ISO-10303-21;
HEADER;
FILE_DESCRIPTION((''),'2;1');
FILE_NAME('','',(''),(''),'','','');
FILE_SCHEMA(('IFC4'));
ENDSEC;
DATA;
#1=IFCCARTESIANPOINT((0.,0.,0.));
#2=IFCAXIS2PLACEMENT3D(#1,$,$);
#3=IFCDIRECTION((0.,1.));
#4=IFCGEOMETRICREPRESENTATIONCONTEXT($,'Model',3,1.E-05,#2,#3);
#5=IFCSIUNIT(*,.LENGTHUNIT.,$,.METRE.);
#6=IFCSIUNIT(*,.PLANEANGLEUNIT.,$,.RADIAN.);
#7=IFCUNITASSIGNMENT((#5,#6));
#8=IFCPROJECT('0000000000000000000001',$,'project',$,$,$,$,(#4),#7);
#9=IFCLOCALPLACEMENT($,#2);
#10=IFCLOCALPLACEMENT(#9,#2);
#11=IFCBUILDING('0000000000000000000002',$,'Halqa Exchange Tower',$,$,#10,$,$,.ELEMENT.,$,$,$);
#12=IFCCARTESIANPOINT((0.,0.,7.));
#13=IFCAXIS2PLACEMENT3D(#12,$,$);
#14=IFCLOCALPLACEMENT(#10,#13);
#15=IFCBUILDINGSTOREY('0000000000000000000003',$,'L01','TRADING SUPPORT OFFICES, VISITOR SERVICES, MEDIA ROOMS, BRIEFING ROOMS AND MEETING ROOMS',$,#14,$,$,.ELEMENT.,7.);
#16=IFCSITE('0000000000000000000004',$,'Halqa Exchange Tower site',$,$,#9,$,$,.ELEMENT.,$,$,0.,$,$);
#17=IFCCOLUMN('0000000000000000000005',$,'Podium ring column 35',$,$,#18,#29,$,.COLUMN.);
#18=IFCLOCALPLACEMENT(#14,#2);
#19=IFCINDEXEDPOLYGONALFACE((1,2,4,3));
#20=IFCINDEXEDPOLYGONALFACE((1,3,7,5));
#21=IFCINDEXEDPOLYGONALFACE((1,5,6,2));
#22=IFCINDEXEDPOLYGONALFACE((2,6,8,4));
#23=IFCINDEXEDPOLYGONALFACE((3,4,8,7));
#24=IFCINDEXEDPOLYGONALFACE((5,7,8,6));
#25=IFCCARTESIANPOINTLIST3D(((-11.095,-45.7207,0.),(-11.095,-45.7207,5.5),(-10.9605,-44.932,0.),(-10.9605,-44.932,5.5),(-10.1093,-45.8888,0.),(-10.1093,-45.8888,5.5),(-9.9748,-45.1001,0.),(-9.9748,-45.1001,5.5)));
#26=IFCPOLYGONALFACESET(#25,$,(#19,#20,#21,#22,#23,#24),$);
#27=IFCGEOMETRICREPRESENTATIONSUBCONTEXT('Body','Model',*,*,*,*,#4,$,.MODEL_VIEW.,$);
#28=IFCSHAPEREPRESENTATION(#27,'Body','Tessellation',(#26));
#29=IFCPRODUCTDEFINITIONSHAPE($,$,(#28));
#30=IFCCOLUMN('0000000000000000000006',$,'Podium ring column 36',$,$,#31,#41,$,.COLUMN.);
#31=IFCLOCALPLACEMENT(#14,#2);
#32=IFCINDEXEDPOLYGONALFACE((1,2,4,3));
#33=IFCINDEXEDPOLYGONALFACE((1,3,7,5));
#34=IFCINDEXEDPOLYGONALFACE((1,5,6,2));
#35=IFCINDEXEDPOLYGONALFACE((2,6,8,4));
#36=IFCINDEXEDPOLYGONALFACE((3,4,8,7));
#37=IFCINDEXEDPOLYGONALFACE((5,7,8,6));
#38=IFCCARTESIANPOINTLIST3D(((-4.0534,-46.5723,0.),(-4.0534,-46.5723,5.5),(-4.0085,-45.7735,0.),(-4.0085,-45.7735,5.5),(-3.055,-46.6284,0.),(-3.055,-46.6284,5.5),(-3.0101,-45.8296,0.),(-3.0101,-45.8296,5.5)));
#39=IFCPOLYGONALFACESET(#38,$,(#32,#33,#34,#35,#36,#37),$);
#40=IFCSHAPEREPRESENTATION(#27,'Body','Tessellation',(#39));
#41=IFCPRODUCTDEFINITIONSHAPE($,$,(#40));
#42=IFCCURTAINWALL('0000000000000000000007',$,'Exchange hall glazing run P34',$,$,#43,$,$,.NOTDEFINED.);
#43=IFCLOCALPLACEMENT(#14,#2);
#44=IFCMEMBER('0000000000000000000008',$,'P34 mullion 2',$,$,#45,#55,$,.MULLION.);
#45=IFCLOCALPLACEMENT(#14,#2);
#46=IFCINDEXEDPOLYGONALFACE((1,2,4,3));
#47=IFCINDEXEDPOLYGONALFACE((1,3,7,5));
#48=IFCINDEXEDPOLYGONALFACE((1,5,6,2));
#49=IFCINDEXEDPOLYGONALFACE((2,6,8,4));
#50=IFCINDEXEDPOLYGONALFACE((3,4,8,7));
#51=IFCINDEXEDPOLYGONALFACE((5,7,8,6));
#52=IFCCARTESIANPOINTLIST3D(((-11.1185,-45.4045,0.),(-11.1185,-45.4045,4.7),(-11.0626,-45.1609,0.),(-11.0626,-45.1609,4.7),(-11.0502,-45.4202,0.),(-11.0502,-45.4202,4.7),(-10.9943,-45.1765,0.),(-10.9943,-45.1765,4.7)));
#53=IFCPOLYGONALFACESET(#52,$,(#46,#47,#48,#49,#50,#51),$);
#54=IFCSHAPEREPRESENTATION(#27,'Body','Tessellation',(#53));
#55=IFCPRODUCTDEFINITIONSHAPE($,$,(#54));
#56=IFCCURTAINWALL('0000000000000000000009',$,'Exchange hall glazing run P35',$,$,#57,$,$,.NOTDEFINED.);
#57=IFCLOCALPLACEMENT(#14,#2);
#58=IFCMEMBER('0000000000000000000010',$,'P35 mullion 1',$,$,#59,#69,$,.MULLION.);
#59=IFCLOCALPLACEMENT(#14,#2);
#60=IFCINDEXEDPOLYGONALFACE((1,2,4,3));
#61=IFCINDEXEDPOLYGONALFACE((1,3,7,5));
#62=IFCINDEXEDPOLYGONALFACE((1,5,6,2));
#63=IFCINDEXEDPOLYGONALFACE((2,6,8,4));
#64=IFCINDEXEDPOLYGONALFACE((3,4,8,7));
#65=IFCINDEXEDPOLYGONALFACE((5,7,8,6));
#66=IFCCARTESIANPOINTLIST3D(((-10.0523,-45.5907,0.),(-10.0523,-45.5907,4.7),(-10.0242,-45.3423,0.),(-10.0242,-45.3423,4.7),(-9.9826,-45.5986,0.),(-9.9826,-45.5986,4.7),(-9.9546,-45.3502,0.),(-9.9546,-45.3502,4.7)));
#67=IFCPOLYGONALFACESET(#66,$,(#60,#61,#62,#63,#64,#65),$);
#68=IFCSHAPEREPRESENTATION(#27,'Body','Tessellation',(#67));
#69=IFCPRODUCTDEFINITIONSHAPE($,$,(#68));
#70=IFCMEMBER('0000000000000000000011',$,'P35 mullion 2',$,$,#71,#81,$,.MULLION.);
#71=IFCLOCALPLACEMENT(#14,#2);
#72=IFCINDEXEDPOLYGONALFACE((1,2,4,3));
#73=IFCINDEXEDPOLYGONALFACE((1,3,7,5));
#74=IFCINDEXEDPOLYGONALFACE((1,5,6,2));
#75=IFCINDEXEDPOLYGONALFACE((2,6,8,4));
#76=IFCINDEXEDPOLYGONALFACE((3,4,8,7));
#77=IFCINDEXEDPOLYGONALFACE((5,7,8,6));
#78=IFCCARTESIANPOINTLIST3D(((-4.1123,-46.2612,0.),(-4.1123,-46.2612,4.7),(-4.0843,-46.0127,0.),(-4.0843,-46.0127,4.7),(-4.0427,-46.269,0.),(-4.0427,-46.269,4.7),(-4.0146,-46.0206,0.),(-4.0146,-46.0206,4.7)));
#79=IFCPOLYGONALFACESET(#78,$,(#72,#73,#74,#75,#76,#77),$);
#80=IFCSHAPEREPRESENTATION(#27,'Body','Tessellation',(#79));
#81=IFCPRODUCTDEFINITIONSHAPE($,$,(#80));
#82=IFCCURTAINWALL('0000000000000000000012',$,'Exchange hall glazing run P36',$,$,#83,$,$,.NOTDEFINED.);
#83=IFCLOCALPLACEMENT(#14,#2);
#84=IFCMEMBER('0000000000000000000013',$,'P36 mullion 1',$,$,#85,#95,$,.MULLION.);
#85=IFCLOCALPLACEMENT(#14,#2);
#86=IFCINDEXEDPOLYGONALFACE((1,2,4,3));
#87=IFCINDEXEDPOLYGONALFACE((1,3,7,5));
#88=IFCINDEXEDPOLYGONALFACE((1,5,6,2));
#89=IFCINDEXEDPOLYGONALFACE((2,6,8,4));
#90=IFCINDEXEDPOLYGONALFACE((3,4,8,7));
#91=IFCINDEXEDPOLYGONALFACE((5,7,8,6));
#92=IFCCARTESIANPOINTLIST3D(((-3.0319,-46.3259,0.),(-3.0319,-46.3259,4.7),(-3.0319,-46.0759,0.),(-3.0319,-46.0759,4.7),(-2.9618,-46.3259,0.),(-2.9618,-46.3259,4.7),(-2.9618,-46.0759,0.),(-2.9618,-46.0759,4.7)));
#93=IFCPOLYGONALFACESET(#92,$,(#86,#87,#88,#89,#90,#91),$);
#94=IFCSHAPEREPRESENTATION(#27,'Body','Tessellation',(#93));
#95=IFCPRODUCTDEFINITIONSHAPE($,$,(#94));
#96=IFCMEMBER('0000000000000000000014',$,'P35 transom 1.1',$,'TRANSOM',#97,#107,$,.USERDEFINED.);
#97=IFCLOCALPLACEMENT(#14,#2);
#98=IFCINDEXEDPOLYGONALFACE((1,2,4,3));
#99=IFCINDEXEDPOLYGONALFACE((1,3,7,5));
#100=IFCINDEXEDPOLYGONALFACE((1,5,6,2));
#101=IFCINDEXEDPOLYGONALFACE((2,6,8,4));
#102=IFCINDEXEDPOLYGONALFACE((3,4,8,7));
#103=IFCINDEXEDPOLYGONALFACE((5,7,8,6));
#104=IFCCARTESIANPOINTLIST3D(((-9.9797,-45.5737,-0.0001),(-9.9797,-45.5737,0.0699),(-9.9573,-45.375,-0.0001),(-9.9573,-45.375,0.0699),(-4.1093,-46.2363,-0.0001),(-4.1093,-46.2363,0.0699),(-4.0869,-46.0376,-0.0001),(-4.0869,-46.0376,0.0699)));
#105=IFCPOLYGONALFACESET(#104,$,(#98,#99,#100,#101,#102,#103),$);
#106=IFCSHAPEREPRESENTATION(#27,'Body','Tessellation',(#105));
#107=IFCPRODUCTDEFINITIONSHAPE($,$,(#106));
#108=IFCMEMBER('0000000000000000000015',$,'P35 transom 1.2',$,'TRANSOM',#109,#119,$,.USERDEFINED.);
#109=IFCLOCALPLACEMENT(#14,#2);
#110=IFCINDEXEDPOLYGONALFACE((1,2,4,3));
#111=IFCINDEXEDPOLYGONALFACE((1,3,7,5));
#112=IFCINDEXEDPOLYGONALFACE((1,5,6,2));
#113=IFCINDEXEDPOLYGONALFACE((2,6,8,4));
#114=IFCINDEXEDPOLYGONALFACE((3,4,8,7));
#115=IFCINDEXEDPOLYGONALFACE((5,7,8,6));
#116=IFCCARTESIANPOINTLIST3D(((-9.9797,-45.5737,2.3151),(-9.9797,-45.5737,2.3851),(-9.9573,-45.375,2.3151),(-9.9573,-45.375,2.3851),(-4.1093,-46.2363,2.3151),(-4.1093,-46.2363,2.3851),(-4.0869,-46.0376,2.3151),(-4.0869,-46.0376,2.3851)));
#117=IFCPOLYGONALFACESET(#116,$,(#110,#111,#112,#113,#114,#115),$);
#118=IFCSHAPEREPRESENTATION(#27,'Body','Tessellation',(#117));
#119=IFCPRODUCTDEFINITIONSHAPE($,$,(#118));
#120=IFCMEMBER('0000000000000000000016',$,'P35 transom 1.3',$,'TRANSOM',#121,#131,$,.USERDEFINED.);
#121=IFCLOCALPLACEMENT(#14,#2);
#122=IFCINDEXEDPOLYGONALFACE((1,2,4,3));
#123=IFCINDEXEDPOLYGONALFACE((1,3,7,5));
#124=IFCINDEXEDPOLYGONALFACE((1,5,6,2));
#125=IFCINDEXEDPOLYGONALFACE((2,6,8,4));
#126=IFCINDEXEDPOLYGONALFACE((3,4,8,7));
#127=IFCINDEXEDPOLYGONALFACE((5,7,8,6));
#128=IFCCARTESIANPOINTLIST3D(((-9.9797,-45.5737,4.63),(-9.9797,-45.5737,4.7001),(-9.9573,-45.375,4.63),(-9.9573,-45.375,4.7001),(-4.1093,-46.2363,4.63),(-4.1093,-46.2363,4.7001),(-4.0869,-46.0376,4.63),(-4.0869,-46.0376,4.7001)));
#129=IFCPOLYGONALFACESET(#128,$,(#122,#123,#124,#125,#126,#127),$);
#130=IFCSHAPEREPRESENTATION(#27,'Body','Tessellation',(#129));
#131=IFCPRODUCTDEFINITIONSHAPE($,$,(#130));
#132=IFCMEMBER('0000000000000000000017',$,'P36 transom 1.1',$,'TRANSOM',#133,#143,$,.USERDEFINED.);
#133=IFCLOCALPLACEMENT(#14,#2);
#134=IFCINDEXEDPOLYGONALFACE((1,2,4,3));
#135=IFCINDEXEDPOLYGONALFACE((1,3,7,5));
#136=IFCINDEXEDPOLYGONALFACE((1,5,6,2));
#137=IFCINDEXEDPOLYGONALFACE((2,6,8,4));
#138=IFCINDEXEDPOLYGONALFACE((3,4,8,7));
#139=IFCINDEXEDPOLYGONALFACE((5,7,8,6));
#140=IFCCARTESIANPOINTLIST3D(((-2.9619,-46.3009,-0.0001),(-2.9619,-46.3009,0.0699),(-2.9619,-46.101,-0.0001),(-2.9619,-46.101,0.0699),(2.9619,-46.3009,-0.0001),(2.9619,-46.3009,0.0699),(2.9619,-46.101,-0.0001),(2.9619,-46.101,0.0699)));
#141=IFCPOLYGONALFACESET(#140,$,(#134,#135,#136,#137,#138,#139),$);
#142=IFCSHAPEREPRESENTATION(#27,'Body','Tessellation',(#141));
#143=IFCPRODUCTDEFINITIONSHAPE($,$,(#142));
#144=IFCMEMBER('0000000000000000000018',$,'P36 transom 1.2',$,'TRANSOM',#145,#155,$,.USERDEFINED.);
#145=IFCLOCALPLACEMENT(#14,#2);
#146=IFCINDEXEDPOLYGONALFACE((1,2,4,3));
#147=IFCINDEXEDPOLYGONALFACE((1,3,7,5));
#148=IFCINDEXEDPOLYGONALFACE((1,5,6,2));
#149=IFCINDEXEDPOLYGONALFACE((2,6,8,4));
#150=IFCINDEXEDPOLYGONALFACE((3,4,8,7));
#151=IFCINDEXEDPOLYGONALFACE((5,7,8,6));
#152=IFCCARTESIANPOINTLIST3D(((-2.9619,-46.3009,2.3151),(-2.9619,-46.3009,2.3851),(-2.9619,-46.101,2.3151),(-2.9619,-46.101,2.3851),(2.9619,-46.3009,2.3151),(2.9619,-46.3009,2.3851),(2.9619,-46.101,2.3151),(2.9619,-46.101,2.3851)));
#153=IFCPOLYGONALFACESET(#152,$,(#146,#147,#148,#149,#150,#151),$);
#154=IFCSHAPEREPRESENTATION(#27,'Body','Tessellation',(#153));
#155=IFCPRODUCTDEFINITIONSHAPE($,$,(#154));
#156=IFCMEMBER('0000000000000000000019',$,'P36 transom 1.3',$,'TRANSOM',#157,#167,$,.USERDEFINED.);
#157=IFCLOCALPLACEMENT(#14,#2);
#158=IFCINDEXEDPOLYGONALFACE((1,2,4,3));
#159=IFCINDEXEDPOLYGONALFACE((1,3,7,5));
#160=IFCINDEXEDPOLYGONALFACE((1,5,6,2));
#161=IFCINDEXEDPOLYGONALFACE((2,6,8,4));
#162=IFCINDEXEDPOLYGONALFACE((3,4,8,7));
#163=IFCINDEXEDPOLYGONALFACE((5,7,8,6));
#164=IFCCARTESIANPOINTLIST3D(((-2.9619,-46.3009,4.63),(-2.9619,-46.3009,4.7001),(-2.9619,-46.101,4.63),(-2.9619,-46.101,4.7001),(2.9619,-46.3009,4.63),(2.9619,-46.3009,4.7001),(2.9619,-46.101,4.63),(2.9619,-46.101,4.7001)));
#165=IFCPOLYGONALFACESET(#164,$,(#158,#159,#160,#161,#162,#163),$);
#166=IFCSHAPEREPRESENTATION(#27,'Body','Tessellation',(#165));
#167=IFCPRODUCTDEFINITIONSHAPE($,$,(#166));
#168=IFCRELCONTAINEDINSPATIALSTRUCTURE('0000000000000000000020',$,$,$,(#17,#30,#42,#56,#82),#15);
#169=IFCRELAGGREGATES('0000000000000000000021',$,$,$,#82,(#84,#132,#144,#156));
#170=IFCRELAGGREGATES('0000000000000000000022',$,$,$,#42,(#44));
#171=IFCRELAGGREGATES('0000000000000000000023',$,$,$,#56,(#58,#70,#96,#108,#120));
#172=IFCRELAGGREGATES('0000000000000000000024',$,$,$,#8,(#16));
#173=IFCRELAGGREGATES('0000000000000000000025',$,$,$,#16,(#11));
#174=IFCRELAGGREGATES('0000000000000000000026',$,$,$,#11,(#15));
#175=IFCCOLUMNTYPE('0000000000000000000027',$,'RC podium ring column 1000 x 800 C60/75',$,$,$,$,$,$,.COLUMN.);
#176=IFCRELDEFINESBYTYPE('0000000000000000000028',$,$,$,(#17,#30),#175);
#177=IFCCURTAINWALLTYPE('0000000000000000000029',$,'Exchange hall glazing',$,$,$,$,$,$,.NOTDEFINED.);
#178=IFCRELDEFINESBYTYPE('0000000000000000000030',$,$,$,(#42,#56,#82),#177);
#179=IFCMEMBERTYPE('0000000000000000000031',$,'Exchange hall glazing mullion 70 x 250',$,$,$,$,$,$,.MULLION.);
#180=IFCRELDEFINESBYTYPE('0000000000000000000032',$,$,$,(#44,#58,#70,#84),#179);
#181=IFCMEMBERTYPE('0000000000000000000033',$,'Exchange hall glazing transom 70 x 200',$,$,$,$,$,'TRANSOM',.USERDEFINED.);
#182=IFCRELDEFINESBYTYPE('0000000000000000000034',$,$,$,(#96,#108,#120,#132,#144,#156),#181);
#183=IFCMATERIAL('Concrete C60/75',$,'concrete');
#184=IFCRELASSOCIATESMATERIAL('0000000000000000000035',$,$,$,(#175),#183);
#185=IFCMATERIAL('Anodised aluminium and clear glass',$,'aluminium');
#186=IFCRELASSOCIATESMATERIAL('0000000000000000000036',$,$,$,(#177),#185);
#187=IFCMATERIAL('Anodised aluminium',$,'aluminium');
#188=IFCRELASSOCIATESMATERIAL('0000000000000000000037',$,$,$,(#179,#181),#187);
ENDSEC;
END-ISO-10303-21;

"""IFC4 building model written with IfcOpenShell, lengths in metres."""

from ifc_helpers import new_model, si_unit, direction, frame, origin, origin_2d, place, context, subcontext, project, spatial, rectangle, extrude, material, material_profile, profile_set, type_object, element, aggregate, save


model = new_model("IFC4")

# Units and contexts
model_context = context("Model", 3, precision=1e-05, world=origin(), true_north=direction((0.0, 1.0)))
body_context = subcontext(model_context, "Body", "Model", "MODEL_VIEW")
ifc_project = project(units=[si_unit("LENGTHUNIT", "METRE"), si_unit("PLANEANGLEUNIT", "RADIAN")], contexts=[model_context])

# Site, building, storey
site_placement = place(None, origin())
site = spatial("IfcSite", under=ifc_project, at=site_placement, Name="Halqa Exchange Tower site", CompositionType="ELEMENT", RefElevation=0.0)
building_placement = place(site_placement, origin())
building = spatial("IfcBuilding", under=site, at=building_placement, Name="Halqa Exchange Tower", CompositionType="ELEMENT")
storey_placement = place(building_placement, frame((0.0, 0.0, 7.0)))
storey = spatial("IfcBuildingStorey", under=building, at=storey_placement, Name="L01", Description="TRADING SUPPORT OFFICES, VISITOR SERVICES, MEDIA ROOMS, BRIEFING ROOMS AND MEETING ROOMS", CompositionType="ELEMENT", Elevation=7.0)

# Columns
ifc_material_1 = material(Name="Concrete C60/75", Category="concrete")
ifc_material_profile_1 = material_profile(ifc_material_1, rectangle(XDim=1.0, YDim=0.8, at=origin_2d()), Name="1000 x 800")
ifc_profile_set_1 = profile_set([ifc_material_profile_1], Name="Concrete C60/75")
column_type = type_object("IfcColumnType", Name="RC podium ring column 1000 x 800 C60/75", PredefinedType="COLUMN", material=ifc_profile_set_1)
for number, where, z_axis, x_axis, name in (
    (1, (-10.5349, -45.4104, 0.0), (0.0, 0.0, 1.0), (0.985766, -0.168121, 0.0), "Podium ring column 35"),
    (2, (-3.5317, -46.2009, 0.0), (0.0, 0.0, 1.0), (0.998425, -0.056107, 0.0), "Podium ring column 36"),
):
    element("IfcColumn", number, at=place(storey_placement, frame(where, z_axis=z_axis, x_axis=x_axis)), inside=storey, type_object=column_type, Name=name, PredefinedType="COLUMN", context=body_context, shape_type="SweptSolid", body=[
        extrude(rectangle(XDim=1.0, YDim=0.8, at=origin_2d()), origin(), (0.0, 0.0, 1.0), 5.5),
    ])

# Curtain wall, member
ifc_material_2 = material(Name="Anodised aluminium and clear glass", Category="aluminium")
curtain_wall_type = type_object("IfcCurtainWallType", Name="Exchange hall glazing", PredefinedType="NOTDEFINED", material=ifc_material_2)
curtain_wall_1_placement = place(storey_placement, origin())
curtain_wall_1 = element("IfcCurtainWall", 3, at=curtain_wall_1_placement, inside=storey, type_object=curtain_wall_type, Name="Exchange hall glazing run P34", PredefinedType="NOTDEFINED")
ifc_material_3 = material(Name="Anodised aluminium", Category="aluminium")
ifc_material_profile_2 = material_profile(ifc_material_3, rectangle(XDim=0.25, YDim=0.0701, at=origin_2d()), Name="AL 70x250")
ifc_profile_set_2 = profile_set([ifc_material_profile_2], Name="Anodised aluminium")
member_type_1 = type_object("IfcMemberType", Name="Exchange hall glazing mullion 70 x 250", PredefinedType="MULLION", material=ifc_profile_set_2)
member_1_placement = place(storey_placement, frame((-11.0564, -45.2905, 0.0), z_axis=(0.0, 0.0, 1.0), x_axis=(0.223897, 0.974613, 0.0)))
member_1 = element("IfcMember", 4, at=member_1_placement, type_object=member_type_1, Name="P34 mullion 2", PredefinedType="MULLION", context=body_context, shape_type="SweptSolid", body=[
    extrude(rectangle(XDim=0.25, YDim=0.0701, at=origin_2d()), origin(), (0.0, 0.0, 1.0), 4.7),
])

# Curtain wall, members
curtain_wall_2_placement = place(storey_placement, origin())
curtain_wall_2 = element("IfcCurtainWall", 5, at=curtain_wall_2_placement, inside=storey, type_object=curtain_wall_type, Name="Exchange hall glazing run P35", PredefinedType="NOTDEFINED")
member_2_placement = place(storey_placement, frame((-10.0034, -45.4705, 0.0), z_axis=(0.0, 0.0, 1.0), x_axis=(0.112159, 0.99369, 0.0)))
member_2 = element("IfcMember", 6, at=member_2_placement, type_object=member_type_1, Name="P35 mullion 1", PredefinedType="MULLION", context=body_context, shape_type="SweptSolid", body=[
    extrude(rectangle(XDim=0.25, YDim=0.0701, at=origin_2d()), origin(), (0.0, 0.0, 1.0), 4.7),
])
member_3_placement = place(storey_placement, frame((-4.0635, -46.1409, 0.0), z_axis=(0.0, 0.0, 1.0), x_axis=(0.112159, 0.99369, 0.0)))
member_3 = element("IfcMember", 7, at=member_3_placement, type_object=member_type_1, Name="P35 mullion 2", PredefinedType="MULLION", context=body_context, shape_type="SweptSolid", body=[
    extrude(rectangle(XDim=0.25, YDim=0.0701, at=origin_2d()), origin(), (0.0, 0.0, 1.0), 4.7),
])

# Curtain wall, member
curtain_wall_3_placement = place(storey_placement, origin())
curtain_wall_3 = element("IfcCurtainWall", 8, at=curtain_wall_3_placement, inside=storey, type_object=curtain_wall_type, Name="Exchange hall glazing run P36", PredefinedType="NOTDEFINED")
member_4_placement = place(storey_placement, frame((-2.9968, -46.2009, 0.0), z_axis=(0.0, 0.0, 1.0), x_axis=(0.0, 1.0, 0.0)))
member_4 = element("IfcMember", 9, at=member_4_placement, type_object=member_type_1, Name="P36 mullion 1", PredefinedType="MULLION", context=body_context, shape_type="SweptSolid", body=[
    extrude(rectangle(XDim=0.25, YDim=0.0701, at=origin_2d()), origin(), (0.0, 0.0, 1.0), 4.7),
])

# Members
ifc_material_profile_3 = material_profile(ifc_material_3, rectangle(XDim=0.2, YDim=0.0701, at=origin_2d()), Name="AL 70x200")
ifc_profile_set_3 = profile_set([ifc_material_profile_3], Name="Anodised aluminium")
member_type_2 = type_object("IfcMemberType", Name="Exchange hall glazing transom 70 x 200", ElementType="TRANSOM", PredefinedType="USERDEFINED", material=ifc_profile_set_3)
member_5_placement = place(storey_placement, frame((-9.9685, -45.4744, 0.0349), z_axis=(0.99369, -0.11216, 0.0), x_axis=(0.11216, 0.99369, 0.0)))
member_5 = element("IfcMember", 10, at=member_5_placement, type_object=member_type_2, Name="P35 transom 1.1", ObjectType="TRANSOM", PredefinedType="USERDEFINED", context=body_context, shape_type="SweptSolid", body=[
    extrude(rectangle(XDim=0.2, YDim=0.0701, at=origin_2d()), origin(), (0.0, 0.0, 1.0), 5.9077),
])
member_6_placement = place(storey_placement, frame((-9.9685, -45.4744, 2.3501), z_axis=(0.99369, -0.11216, 0.0), x_axis=(0.11216, 0.99369, 0.0)))
member_6 = element("IfcMember", 11, at=member_6_placement, type_object=member_type_2, Name="P35 transom 1.2", ObjectType="TRANSOM", PredefinedType="USERDEFINED", context=body_context, shape_type="SweptSolid", body=[
    extrude(rectangle(XDim=0.2, YDim=0.0701, at=origin_2d()), origin(), (0.0, 0.0, 1.0), 5.9077),
])
member_7_placement = place(storey_placement, frame((-9.9685, -45.4744, 4.665), z_axis=(0.99369, -0.11216, 0.0), x_axis=(0.11216, 0.99369, 0.0)))
member_7 = element("IfcMember", 12, at=member_7_placement, type_object=member_type_2, Name="P35 transom 1.3", ObjectType="TRANSOM", PredefinedType="USERDEFINED", context=body_context, shape_type="SweptSolid", body=[
    extrude(rectangle(XDim=0.2, YDim=0.0701, at=origin_2d()), origin(), (0.0, 0.0, 1.0), 5.9077),
])
member_8_placement = place(storey_placement, frame((-2.9619, -46.2009, 0.0349), z_axis=(1.0, 0.0, 0.0), x_axis=(0.0, 1.0, 0.0)))
member_8 = element("IfcMember", 13, at=member_8_placement, type_object=member_type_2, Name="P36 transom 1.1", ObjectType="TRANSOM", PredefinedType="USERDEFINED", context=body_context, shape_type="SweptSolid", body=[
    extrude(rectangle(XDim=0.2, YDim=0.0701, at=origin_2d()), origin(), (0.0, 0.0, 1.0), 5.9238),
])
member_9_placement = place(storey_placement, frame((-2.9619, -46.2009, 2.3501), z_axis=(1.0, 0.0, 0.0), x_axis=(0.0, 1.0, 0.0)))
member_9 = element("IfcMember", 14, at=member_9_placement, type_object=member_type_2, Name="P36 transom 1.2", ObjectType="TRANSOM", PredefinedType="USERDEFINED", context=body_context, shape_type="SweptSolid", body=[
    extrude(rectangle(XDim=0.2, YDim=0.0701, at=origin_2d()), origin(), (0.0, 0.0, 1.0), 5.9238),
])
member_10_placement = place(storey_placement, frame((-2.9619, -46.2009, 4.665), z_axis=(1.0, 0.0, 0.0), x_axis=(0.0, 1.0, 0.0)))
member_10 = element("IfcMember", 15, at=member_10_placement, type_object=member_type_2, Name="P36 transom 1.3", ObjectType="TRANSOM", PredefinedType="USERDEFINED", context=body_context, shape_type="SweptSolid", body=[
    extrude(rectangle(XDim=0.2, YDim=0.0701, at=origin_2d()), origin(), (0.0, 0.0, 1.0), 5.9238),
])
aggregate(curtain_wall_3, [member_4, member_8, member_9, member_10])

aggregate(curtain_wall_1, [member_1])
aggregate(curtain_wall_2, [member_2, member_3, member_5, member_6, member_7])

save(model, "model.ifc")
